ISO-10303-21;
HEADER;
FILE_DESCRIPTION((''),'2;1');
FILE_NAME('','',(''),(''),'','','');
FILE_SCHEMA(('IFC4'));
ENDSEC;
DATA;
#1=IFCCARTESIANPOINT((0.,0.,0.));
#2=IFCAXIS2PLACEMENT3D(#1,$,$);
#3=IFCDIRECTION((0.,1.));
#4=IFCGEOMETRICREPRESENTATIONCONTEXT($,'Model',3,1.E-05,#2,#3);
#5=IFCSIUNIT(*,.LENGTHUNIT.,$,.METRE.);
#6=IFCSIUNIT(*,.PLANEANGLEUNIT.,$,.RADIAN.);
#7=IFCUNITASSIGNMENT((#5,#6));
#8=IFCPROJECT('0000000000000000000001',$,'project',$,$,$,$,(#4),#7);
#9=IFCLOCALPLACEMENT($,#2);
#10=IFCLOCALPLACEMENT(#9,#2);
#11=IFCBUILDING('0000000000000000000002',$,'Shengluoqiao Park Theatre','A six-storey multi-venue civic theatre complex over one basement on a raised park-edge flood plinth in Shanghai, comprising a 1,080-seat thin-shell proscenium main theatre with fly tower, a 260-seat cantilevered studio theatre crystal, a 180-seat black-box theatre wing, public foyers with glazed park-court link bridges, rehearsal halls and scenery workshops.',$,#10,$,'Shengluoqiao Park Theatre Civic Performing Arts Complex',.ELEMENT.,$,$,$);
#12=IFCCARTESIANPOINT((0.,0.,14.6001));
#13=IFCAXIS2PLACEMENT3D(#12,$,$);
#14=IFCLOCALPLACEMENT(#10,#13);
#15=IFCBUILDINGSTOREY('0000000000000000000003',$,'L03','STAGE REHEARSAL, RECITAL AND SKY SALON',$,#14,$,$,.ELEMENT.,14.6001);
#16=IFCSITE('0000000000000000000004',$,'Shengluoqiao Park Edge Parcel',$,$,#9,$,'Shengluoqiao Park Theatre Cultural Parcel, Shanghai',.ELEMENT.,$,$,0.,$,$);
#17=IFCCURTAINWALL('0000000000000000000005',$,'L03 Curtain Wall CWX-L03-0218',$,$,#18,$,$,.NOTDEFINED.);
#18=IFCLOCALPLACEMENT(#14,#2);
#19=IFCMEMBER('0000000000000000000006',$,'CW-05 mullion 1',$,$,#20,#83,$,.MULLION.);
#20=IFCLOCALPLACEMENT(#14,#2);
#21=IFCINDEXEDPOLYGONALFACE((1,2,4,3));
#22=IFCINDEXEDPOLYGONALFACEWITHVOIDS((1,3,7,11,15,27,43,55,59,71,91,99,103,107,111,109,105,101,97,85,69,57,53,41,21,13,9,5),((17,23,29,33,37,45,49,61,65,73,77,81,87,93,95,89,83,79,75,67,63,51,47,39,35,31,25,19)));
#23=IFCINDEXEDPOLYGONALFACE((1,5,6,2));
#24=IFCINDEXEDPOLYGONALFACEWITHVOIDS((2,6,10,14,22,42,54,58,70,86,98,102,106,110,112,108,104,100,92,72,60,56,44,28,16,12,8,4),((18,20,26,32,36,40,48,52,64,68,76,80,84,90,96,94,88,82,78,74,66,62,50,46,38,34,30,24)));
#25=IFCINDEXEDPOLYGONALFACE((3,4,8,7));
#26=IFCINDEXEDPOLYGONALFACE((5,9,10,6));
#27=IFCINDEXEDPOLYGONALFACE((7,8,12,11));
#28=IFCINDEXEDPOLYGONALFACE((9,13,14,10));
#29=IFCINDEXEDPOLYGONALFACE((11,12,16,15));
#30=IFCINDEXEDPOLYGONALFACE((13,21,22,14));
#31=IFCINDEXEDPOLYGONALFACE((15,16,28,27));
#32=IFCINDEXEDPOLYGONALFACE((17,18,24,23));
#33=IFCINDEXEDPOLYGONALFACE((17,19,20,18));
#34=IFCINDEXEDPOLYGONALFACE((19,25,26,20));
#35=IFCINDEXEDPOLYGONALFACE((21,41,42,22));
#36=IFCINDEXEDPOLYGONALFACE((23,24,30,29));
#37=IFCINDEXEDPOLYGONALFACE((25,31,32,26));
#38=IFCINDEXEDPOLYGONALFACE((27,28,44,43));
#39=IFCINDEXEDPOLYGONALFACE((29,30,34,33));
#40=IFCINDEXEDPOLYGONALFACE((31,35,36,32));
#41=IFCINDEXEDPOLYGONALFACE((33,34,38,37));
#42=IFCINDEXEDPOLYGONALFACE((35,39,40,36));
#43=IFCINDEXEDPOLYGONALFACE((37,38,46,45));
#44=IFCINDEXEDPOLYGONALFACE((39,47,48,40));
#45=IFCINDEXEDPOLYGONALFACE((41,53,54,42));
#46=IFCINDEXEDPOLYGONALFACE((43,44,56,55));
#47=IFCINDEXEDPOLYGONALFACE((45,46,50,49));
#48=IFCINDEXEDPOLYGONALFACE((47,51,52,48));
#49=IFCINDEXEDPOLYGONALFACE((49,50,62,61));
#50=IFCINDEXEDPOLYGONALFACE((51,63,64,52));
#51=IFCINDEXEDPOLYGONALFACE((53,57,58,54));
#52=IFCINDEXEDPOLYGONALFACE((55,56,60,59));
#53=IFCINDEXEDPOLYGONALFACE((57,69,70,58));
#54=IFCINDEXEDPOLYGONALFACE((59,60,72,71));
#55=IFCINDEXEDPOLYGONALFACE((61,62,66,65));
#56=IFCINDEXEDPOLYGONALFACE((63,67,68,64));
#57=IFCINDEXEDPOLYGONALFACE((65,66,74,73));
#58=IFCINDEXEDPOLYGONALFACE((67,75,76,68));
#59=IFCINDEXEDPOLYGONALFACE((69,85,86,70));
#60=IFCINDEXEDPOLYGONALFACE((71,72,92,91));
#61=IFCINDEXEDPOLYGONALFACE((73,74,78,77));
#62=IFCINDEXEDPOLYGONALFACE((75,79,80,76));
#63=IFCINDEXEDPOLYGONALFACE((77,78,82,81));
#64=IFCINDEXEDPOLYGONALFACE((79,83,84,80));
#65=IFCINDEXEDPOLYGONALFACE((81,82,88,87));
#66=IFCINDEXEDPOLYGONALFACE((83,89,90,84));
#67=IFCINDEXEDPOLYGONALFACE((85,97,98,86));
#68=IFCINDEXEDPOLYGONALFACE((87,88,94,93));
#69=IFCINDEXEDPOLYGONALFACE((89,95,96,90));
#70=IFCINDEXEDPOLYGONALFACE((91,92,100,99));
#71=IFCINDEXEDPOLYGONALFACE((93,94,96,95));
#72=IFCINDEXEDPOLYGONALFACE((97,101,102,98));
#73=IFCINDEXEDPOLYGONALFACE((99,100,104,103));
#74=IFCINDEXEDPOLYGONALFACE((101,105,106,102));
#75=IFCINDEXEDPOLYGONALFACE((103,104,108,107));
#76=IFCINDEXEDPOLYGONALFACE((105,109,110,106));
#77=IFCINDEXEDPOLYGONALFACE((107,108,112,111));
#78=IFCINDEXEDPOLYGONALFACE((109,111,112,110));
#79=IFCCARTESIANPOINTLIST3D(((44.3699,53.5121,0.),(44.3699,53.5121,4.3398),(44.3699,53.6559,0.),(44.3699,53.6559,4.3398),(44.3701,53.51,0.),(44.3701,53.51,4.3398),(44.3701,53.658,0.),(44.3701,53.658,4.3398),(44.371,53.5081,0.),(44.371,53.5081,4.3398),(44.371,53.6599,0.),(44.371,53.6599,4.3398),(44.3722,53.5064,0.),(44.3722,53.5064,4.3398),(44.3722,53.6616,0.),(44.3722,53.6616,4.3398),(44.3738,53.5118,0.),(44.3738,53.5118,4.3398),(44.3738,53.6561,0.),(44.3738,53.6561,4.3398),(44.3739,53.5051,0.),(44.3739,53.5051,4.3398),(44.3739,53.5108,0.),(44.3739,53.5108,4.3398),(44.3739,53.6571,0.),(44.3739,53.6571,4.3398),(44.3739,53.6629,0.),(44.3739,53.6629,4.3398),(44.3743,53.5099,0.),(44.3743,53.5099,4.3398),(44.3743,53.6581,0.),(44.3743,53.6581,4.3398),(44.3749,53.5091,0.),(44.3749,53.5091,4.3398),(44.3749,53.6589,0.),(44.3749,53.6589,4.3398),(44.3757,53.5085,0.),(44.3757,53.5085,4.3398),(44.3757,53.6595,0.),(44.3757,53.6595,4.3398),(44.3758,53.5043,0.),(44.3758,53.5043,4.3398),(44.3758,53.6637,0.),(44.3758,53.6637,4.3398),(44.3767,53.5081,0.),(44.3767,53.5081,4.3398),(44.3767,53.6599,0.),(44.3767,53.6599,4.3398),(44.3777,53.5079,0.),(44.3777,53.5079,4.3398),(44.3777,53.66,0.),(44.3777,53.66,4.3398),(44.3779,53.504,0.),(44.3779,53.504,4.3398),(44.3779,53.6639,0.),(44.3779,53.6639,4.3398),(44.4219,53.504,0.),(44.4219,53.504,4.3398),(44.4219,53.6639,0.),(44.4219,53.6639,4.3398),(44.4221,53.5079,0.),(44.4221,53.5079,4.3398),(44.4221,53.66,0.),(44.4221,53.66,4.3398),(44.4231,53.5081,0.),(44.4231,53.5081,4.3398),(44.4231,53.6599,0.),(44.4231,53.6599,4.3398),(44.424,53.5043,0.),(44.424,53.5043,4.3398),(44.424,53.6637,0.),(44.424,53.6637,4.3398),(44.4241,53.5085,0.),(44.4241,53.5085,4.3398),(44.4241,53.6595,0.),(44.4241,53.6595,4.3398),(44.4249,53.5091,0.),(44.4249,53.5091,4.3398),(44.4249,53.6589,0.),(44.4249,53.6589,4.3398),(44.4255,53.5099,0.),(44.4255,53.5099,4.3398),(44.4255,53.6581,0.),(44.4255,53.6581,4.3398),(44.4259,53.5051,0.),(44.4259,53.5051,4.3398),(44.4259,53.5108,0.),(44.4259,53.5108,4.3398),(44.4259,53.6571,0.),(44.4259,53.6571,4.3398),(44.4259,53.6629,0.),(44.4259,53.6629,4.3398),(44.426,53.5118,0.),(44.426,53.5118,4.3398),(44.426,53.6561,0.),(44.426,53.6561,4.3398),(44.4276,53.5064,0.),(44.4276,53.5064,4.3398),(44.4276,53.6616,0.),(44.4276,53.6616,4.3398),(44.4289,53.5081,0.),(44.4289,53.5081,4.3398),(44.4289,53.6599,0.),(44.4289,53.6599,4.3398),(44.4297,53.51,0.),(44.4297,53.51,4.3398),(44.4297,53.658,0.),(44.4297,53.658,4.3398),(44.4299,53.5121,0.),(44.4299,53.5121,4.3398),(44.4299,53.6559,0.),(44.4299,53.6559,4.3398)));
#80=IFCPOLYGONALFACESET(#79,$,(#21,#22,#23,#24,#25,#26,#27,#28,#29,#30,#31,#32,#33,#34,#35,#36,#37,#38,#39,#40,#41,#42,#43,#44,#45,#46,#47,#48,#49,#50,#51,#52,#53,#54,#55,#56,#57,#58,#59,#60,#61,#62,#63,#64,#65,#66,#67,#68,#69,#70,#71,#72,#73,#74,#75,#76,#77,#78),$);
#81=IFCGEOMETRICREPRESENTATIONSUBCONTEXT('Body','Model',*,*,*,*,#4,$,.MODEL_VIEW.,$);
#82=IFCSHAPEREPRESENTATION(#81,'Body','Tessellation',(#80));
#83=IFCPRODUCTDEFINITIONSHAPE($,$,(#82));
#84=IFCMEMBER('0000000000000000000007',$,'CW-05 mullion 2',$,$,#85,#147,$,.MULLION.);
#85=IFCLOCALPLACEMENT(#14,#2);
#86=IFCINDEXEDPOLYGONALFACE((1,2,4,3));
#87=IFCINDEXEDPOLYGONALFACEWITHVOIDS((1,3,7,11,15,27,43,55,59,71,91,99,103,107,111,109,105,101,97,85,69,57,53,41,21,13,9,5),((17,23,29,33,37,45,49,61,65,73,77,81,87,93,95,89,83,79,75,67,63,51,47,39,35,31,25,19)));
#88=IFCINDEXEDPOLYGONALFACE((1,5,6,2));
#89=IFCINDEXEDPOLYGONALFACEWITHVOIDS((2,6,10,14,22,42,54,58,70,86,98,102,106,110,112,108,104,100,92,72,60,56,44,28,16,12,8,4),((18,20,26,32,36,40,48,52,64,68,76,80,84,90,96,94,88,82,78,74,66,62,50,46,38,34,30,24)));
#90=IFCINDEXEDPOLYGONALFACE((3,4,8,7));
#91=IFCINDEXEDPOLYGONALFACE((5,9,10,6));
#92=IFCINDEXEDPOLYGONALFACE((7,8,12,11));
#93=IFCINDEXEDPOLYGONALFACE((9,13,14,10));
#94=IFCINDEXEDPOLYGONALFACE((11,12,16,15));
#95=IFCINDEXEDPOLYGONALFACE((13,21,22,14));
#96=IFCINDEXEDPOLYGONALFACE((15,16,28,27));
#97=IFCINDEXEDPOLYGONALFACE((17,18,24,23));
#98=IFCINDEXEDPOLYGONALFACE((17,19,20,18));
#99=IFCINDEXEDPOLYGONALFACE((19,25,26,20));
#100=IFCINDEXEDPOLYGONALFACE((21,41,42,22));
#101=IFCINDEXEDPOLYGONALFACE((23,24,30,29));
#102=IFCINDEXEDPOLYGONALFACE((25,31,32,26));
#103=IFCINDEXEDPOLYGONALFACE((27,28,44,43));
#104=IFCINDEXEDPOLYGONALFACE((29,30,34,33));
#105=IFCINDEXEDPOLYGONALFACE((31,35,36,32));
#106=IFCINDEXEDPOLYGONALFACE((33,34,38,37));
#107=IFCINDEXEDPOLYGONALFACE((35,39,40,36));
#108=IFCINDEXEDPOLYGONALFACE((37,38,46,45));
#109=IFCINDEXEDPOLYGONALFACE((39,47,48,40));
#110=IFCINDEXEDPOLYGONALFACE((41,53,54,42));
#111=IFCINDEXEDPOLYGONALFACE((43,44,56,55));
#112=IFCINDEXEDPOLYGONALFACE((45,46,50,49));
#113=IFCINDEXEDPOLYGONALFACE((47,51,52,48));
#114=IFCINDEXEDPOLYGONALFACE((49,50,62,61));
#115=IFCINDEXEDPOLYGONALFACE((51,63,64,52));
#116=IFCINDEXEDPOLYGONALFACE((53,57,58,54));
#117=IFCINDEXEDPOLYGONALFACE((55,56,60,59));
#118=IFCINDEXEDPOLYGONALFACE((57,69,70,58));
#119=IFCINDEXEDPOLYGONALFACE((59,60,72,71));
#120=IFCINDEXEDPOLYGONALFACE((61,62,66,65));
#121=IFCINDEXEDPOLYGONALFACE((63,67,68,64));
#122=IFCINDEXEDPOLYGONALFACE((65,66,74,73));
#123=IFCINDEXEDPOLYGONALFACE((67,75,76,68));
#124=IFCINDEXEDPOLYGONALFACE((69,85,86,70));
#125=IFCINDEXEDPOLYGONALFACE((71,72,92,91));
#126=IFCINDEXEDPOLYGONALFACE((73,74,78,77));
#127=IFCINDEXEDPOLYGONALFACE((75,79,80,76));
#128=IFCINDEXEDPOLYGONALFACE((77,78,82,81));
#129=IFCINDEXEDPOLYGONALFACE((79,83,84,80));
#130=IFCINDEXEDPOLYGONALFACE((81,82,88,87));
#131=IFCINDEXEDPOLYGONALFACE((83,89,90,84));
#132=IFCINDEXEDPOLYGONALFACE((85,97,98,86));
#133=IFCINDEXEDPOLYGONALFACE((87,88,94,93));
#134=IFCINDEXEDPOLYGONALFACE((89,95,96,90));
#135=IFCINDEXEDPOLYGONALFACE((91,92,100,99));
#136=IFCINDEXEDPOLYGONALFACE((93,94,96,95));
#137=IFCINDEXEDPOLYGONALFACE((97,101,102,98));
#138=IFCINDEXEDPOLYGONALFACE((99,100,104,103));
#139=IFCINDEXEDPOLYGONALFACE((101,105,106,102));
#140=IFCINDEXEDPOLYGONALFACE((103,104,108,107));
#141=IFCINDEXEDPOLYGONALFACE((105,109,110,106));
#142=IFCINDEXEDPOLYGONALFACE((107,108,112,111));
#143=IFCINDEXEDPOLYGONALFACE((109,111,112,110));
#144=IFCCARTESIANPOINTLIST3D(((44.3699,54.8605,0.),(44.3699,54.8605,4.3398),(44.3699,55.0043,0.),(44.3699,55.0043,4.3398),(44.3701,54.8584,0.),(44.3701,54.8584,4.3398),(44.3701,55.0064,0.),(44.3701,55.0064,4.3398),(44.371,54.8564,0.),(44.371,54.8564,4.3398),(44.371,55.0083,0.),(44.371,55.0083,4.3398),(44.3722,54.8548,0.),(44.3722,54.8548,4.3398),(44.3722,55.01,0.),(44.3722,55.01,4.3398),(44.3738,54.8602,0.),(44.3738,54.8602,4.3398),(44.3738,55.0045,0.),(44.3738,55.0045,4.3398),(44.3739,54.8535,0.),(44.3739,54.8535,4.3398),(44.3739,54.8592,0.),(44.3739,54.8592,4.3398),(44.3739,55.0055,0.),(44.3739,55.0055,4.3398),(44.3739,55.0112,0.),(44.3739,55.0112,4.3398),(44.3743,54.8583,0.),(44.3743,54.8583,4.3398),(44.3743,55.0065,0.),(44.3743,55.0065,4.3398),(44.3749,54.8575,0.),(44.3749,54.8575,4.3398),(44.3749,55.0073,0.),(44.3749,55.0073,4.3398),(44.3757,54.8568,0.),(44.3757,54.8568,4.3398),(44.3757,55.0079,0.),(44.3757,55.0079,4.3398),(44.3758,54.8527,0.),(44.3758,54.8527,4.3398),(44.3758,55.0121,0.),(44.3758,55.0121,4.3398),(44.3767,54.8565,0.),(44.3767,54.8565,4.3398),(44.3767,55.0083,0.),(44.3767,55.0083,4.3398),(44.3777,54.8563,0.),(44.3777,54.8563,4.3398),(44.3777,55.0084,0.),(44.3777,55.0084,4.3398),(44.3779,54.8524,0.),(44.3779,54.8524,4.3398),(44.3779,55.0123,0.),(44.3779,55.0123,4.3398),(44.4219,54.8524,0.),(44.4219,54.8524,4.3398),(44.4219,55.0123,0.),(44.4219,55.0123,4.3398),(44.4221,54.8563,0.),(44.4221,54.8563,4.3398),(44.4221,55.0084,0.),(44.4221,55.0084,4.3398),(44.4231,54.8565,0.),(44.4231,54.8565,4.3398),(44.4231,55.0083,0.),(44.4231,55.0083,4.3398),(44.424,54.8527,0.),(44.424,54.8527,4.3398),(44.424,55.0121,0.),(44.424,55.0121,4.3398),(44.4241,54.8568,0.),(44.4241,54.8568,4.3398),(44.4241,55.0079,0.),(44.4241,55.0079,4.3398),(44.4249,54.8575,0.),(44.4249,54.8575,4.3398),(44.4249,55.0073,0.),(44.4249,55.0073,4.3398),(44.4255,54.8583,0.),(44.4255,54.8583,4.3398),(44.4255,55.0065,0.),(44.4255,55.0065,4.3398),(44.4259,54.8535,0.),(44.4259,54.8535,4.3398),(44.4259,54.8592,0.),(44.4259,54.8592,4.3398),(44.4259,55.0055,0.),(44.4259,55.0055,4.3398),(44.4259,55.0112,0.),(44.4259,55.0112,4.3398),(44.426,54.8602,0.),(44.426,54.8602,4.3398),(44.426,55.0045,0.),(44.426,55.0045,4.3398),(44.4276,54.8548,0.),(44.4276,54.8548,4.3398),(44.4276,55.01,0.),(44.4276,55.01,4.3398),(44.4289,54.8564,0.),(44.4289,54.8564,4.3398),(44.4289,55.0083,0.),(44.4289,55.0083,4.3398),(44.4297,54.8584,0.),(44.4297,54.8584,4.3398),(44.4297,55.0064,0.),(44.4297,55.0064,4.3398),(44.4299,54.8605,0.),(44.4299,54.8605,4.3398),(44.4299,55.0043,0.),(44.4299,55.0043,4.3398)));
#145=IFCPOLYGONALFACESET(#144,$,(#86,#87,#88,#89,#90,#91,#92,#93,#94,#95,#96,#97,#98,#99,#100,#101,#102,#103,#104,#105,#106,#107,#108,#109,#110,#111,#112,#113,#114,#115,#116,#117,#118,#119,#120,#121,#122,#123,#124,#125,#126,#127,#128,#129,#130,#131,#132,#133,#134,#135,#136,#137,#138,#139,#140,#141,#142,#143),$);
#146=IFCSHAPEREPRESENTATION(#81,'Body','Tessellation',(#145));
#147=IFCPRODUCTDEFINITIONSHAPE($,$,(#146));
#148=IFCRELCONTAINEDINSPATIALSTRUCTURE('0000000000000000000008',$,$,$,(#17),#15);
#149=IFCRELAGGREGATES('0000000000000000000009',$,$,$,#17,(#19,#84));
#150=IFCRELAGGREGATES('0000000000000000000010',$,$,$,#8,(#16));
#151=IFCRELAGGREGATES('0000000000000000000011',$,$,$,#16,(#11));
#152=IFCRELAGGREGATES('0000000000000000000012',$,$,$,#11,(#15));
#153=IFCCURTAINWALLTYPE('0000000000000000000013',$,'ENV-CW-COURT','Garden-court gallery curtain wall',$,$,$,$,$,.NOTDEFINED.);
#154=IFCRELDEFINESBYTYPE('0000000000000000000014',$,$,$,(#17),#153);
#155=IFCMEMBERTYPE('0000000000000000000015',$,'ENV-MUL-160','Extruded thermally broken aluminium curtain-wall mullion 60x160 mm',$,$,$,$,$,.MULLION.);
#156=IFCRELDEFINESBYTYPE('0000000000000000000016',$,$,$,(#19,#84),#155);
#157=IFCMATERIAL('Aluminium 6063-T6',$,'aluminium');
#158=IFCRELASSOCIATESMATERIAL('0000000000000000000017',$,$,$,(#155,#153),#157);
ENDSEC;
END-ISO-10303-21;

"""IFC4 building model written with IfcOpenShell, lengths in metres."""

from ifc_helpers import new_model, si_unit, direction, frame, origin, origin_2d, place, context, subcontext, project, spatial, hollow_rectangle, extrude, material, material_profile, profile_set, type_object, element, aggregate, save


model = new_model("IFC4")

# Units and contexts
model_context = context("Model", 3, precision=1e-05, world=origin(), true_north=direction((0.0, 1.0)))
body_context = subcontext(model_context, "Body", "Model", "MODEL_VIEW")
ifc_project = project(units=[si_unit("LENGTHUNIT", "METRE"), si_unit("PLANEANGLEUNIT", "RADIAN")], contexts=[model_context])

# Site, building, storey
site_placement = place(None, origin())
site = spatial("IfcSite", under=ifc_project, at=site_placement, Name="Shengluoqiao Park Edge Parcel", LongName="Shengluoqiao Park Theatre Cultural Parcel, Shanghai", CompositionType="ELEMENT", RefElevation=0.0)
building_placement = place(site_placement, origin())
building = spatial("IfcBuilding", under=site, at=building_placement, Name="Shengluoqiao Park Theatre", Description="A six-storey multi-venue civic theatre complex over one basement on a raised park-edge flood plinth in Shanghai, comprising a 1,080-seat thin-shell proscenium main theatre with fly tower, a 260-seat cantilevered studio theatre crystal, a 180-seat black-box theatre wing, public foyers with glazed park-court link bridges, rehearsal halls and scenery workshops.", LongName="Shengluoqiao Park Theatre Civic Performing Arts Complex", CompositionType="ELEMENT")
storey_placement = place(building_placement, frame((0.0, 0.0, 14.6001)))
storey = spatial("IfcBuildingStorey", under=building, at=storey_placement, Name="L03", Description="STAGE REHEARSAL, RECITAL AND SKY SALON", CompositionType="ELEMENT", Elevation=14.6001)

# Curtain wall, members
ifc_material_1 = material(Name="Aluminium 6063-T6", Category="aluminium")
ifc_material_profile_1 = material_profile(ifc_material_1, hollow_rectangle(XDim=0.0601, YDim=0.1599, WallThickness=0.0039, InnerFilletRadius=0.0039, OuterFilletRadius=0.0081, at=origin_2d()), Name="ALU MULLION 160x60x4")
ifc_profile_set_1 = profile_set([ifc_material_profile_1], Name="Aluminium 6063-T6")
member_type_1 = type_object("IfcMemberType", Name="ENV-MUL-160", Description="Extruded thermally broken aluminium curtain-wall mullion 60x160 mm", PredefinedType="MULLION", material=ifc_profile_set_1)
curtain_wall_type_1 = type_object("IfcCurtainWallType", Name="ENV-CW-COURT", Description="Garden-court gallery curtain wall", PredefinedType="NOTDEFINED", material=ifc_material_1)
curtain_wall_1_placement = place(storey_placement, origin())
curtain_wall_1 = element("IfcCurtainWall", 1, at=curtain_wall_1_placement, inside=storey, type_object=curtain_wall_type_1, Name="L03 Curtain Wall CWX-L03-0218", PredefinedType="NOTDEFINED")
member_1_placement = place(storey_placement, frame((44.3999, 53.584, 0.0), z_axis=(0.0, 0.0, 1.0), x_axis=(-1.0, 0.0, 0.0)))
member_1 = element("IfcMember", 2, at=member_1_placement, type_object=member_type_1, Name="CW-05 mullion 1", PredefinedType="MULLION", context=body_context, shape_type="SweptSolid", body=[
    extrude(hollow_rectangle(XDim=0.0601, YDim=0.1599, WallThickness=0.0039, InnerFilletRadius=0.0039, OuterFilletRadius=0.0081, at=origin_2d()), origin(), (0.0, 0.0, 1.0), 4.3398),
])
member_2_placement = place(storey_placement, frame((44.3999, 54.9324, 0.0), z_axis=(0.0, 0.0, 1.0), x_axis=(-1.0, 0.0, 0.0)))
member_2 = element("IfcMember", 3, at=member_2_placement, type_object=member_type_1, Name="CW-05 mullion 2", PredefinedType="MULLION", context=body_context, shape_type="SweptSolid", body=[
    extrude(hollow_rectangle(XDim=0.0601, YDim=0.1599, WallThickness=0.0039, InnerFilletRadius=0.0039, OuterFilletRadius=0.0081, at=origin_2d()), origin(), (0.0, 0.0, 1.0), 4.3398),
])

aggregate(curtain_wall_1, [member_1, member_2])

save(model, "model.ifc")
